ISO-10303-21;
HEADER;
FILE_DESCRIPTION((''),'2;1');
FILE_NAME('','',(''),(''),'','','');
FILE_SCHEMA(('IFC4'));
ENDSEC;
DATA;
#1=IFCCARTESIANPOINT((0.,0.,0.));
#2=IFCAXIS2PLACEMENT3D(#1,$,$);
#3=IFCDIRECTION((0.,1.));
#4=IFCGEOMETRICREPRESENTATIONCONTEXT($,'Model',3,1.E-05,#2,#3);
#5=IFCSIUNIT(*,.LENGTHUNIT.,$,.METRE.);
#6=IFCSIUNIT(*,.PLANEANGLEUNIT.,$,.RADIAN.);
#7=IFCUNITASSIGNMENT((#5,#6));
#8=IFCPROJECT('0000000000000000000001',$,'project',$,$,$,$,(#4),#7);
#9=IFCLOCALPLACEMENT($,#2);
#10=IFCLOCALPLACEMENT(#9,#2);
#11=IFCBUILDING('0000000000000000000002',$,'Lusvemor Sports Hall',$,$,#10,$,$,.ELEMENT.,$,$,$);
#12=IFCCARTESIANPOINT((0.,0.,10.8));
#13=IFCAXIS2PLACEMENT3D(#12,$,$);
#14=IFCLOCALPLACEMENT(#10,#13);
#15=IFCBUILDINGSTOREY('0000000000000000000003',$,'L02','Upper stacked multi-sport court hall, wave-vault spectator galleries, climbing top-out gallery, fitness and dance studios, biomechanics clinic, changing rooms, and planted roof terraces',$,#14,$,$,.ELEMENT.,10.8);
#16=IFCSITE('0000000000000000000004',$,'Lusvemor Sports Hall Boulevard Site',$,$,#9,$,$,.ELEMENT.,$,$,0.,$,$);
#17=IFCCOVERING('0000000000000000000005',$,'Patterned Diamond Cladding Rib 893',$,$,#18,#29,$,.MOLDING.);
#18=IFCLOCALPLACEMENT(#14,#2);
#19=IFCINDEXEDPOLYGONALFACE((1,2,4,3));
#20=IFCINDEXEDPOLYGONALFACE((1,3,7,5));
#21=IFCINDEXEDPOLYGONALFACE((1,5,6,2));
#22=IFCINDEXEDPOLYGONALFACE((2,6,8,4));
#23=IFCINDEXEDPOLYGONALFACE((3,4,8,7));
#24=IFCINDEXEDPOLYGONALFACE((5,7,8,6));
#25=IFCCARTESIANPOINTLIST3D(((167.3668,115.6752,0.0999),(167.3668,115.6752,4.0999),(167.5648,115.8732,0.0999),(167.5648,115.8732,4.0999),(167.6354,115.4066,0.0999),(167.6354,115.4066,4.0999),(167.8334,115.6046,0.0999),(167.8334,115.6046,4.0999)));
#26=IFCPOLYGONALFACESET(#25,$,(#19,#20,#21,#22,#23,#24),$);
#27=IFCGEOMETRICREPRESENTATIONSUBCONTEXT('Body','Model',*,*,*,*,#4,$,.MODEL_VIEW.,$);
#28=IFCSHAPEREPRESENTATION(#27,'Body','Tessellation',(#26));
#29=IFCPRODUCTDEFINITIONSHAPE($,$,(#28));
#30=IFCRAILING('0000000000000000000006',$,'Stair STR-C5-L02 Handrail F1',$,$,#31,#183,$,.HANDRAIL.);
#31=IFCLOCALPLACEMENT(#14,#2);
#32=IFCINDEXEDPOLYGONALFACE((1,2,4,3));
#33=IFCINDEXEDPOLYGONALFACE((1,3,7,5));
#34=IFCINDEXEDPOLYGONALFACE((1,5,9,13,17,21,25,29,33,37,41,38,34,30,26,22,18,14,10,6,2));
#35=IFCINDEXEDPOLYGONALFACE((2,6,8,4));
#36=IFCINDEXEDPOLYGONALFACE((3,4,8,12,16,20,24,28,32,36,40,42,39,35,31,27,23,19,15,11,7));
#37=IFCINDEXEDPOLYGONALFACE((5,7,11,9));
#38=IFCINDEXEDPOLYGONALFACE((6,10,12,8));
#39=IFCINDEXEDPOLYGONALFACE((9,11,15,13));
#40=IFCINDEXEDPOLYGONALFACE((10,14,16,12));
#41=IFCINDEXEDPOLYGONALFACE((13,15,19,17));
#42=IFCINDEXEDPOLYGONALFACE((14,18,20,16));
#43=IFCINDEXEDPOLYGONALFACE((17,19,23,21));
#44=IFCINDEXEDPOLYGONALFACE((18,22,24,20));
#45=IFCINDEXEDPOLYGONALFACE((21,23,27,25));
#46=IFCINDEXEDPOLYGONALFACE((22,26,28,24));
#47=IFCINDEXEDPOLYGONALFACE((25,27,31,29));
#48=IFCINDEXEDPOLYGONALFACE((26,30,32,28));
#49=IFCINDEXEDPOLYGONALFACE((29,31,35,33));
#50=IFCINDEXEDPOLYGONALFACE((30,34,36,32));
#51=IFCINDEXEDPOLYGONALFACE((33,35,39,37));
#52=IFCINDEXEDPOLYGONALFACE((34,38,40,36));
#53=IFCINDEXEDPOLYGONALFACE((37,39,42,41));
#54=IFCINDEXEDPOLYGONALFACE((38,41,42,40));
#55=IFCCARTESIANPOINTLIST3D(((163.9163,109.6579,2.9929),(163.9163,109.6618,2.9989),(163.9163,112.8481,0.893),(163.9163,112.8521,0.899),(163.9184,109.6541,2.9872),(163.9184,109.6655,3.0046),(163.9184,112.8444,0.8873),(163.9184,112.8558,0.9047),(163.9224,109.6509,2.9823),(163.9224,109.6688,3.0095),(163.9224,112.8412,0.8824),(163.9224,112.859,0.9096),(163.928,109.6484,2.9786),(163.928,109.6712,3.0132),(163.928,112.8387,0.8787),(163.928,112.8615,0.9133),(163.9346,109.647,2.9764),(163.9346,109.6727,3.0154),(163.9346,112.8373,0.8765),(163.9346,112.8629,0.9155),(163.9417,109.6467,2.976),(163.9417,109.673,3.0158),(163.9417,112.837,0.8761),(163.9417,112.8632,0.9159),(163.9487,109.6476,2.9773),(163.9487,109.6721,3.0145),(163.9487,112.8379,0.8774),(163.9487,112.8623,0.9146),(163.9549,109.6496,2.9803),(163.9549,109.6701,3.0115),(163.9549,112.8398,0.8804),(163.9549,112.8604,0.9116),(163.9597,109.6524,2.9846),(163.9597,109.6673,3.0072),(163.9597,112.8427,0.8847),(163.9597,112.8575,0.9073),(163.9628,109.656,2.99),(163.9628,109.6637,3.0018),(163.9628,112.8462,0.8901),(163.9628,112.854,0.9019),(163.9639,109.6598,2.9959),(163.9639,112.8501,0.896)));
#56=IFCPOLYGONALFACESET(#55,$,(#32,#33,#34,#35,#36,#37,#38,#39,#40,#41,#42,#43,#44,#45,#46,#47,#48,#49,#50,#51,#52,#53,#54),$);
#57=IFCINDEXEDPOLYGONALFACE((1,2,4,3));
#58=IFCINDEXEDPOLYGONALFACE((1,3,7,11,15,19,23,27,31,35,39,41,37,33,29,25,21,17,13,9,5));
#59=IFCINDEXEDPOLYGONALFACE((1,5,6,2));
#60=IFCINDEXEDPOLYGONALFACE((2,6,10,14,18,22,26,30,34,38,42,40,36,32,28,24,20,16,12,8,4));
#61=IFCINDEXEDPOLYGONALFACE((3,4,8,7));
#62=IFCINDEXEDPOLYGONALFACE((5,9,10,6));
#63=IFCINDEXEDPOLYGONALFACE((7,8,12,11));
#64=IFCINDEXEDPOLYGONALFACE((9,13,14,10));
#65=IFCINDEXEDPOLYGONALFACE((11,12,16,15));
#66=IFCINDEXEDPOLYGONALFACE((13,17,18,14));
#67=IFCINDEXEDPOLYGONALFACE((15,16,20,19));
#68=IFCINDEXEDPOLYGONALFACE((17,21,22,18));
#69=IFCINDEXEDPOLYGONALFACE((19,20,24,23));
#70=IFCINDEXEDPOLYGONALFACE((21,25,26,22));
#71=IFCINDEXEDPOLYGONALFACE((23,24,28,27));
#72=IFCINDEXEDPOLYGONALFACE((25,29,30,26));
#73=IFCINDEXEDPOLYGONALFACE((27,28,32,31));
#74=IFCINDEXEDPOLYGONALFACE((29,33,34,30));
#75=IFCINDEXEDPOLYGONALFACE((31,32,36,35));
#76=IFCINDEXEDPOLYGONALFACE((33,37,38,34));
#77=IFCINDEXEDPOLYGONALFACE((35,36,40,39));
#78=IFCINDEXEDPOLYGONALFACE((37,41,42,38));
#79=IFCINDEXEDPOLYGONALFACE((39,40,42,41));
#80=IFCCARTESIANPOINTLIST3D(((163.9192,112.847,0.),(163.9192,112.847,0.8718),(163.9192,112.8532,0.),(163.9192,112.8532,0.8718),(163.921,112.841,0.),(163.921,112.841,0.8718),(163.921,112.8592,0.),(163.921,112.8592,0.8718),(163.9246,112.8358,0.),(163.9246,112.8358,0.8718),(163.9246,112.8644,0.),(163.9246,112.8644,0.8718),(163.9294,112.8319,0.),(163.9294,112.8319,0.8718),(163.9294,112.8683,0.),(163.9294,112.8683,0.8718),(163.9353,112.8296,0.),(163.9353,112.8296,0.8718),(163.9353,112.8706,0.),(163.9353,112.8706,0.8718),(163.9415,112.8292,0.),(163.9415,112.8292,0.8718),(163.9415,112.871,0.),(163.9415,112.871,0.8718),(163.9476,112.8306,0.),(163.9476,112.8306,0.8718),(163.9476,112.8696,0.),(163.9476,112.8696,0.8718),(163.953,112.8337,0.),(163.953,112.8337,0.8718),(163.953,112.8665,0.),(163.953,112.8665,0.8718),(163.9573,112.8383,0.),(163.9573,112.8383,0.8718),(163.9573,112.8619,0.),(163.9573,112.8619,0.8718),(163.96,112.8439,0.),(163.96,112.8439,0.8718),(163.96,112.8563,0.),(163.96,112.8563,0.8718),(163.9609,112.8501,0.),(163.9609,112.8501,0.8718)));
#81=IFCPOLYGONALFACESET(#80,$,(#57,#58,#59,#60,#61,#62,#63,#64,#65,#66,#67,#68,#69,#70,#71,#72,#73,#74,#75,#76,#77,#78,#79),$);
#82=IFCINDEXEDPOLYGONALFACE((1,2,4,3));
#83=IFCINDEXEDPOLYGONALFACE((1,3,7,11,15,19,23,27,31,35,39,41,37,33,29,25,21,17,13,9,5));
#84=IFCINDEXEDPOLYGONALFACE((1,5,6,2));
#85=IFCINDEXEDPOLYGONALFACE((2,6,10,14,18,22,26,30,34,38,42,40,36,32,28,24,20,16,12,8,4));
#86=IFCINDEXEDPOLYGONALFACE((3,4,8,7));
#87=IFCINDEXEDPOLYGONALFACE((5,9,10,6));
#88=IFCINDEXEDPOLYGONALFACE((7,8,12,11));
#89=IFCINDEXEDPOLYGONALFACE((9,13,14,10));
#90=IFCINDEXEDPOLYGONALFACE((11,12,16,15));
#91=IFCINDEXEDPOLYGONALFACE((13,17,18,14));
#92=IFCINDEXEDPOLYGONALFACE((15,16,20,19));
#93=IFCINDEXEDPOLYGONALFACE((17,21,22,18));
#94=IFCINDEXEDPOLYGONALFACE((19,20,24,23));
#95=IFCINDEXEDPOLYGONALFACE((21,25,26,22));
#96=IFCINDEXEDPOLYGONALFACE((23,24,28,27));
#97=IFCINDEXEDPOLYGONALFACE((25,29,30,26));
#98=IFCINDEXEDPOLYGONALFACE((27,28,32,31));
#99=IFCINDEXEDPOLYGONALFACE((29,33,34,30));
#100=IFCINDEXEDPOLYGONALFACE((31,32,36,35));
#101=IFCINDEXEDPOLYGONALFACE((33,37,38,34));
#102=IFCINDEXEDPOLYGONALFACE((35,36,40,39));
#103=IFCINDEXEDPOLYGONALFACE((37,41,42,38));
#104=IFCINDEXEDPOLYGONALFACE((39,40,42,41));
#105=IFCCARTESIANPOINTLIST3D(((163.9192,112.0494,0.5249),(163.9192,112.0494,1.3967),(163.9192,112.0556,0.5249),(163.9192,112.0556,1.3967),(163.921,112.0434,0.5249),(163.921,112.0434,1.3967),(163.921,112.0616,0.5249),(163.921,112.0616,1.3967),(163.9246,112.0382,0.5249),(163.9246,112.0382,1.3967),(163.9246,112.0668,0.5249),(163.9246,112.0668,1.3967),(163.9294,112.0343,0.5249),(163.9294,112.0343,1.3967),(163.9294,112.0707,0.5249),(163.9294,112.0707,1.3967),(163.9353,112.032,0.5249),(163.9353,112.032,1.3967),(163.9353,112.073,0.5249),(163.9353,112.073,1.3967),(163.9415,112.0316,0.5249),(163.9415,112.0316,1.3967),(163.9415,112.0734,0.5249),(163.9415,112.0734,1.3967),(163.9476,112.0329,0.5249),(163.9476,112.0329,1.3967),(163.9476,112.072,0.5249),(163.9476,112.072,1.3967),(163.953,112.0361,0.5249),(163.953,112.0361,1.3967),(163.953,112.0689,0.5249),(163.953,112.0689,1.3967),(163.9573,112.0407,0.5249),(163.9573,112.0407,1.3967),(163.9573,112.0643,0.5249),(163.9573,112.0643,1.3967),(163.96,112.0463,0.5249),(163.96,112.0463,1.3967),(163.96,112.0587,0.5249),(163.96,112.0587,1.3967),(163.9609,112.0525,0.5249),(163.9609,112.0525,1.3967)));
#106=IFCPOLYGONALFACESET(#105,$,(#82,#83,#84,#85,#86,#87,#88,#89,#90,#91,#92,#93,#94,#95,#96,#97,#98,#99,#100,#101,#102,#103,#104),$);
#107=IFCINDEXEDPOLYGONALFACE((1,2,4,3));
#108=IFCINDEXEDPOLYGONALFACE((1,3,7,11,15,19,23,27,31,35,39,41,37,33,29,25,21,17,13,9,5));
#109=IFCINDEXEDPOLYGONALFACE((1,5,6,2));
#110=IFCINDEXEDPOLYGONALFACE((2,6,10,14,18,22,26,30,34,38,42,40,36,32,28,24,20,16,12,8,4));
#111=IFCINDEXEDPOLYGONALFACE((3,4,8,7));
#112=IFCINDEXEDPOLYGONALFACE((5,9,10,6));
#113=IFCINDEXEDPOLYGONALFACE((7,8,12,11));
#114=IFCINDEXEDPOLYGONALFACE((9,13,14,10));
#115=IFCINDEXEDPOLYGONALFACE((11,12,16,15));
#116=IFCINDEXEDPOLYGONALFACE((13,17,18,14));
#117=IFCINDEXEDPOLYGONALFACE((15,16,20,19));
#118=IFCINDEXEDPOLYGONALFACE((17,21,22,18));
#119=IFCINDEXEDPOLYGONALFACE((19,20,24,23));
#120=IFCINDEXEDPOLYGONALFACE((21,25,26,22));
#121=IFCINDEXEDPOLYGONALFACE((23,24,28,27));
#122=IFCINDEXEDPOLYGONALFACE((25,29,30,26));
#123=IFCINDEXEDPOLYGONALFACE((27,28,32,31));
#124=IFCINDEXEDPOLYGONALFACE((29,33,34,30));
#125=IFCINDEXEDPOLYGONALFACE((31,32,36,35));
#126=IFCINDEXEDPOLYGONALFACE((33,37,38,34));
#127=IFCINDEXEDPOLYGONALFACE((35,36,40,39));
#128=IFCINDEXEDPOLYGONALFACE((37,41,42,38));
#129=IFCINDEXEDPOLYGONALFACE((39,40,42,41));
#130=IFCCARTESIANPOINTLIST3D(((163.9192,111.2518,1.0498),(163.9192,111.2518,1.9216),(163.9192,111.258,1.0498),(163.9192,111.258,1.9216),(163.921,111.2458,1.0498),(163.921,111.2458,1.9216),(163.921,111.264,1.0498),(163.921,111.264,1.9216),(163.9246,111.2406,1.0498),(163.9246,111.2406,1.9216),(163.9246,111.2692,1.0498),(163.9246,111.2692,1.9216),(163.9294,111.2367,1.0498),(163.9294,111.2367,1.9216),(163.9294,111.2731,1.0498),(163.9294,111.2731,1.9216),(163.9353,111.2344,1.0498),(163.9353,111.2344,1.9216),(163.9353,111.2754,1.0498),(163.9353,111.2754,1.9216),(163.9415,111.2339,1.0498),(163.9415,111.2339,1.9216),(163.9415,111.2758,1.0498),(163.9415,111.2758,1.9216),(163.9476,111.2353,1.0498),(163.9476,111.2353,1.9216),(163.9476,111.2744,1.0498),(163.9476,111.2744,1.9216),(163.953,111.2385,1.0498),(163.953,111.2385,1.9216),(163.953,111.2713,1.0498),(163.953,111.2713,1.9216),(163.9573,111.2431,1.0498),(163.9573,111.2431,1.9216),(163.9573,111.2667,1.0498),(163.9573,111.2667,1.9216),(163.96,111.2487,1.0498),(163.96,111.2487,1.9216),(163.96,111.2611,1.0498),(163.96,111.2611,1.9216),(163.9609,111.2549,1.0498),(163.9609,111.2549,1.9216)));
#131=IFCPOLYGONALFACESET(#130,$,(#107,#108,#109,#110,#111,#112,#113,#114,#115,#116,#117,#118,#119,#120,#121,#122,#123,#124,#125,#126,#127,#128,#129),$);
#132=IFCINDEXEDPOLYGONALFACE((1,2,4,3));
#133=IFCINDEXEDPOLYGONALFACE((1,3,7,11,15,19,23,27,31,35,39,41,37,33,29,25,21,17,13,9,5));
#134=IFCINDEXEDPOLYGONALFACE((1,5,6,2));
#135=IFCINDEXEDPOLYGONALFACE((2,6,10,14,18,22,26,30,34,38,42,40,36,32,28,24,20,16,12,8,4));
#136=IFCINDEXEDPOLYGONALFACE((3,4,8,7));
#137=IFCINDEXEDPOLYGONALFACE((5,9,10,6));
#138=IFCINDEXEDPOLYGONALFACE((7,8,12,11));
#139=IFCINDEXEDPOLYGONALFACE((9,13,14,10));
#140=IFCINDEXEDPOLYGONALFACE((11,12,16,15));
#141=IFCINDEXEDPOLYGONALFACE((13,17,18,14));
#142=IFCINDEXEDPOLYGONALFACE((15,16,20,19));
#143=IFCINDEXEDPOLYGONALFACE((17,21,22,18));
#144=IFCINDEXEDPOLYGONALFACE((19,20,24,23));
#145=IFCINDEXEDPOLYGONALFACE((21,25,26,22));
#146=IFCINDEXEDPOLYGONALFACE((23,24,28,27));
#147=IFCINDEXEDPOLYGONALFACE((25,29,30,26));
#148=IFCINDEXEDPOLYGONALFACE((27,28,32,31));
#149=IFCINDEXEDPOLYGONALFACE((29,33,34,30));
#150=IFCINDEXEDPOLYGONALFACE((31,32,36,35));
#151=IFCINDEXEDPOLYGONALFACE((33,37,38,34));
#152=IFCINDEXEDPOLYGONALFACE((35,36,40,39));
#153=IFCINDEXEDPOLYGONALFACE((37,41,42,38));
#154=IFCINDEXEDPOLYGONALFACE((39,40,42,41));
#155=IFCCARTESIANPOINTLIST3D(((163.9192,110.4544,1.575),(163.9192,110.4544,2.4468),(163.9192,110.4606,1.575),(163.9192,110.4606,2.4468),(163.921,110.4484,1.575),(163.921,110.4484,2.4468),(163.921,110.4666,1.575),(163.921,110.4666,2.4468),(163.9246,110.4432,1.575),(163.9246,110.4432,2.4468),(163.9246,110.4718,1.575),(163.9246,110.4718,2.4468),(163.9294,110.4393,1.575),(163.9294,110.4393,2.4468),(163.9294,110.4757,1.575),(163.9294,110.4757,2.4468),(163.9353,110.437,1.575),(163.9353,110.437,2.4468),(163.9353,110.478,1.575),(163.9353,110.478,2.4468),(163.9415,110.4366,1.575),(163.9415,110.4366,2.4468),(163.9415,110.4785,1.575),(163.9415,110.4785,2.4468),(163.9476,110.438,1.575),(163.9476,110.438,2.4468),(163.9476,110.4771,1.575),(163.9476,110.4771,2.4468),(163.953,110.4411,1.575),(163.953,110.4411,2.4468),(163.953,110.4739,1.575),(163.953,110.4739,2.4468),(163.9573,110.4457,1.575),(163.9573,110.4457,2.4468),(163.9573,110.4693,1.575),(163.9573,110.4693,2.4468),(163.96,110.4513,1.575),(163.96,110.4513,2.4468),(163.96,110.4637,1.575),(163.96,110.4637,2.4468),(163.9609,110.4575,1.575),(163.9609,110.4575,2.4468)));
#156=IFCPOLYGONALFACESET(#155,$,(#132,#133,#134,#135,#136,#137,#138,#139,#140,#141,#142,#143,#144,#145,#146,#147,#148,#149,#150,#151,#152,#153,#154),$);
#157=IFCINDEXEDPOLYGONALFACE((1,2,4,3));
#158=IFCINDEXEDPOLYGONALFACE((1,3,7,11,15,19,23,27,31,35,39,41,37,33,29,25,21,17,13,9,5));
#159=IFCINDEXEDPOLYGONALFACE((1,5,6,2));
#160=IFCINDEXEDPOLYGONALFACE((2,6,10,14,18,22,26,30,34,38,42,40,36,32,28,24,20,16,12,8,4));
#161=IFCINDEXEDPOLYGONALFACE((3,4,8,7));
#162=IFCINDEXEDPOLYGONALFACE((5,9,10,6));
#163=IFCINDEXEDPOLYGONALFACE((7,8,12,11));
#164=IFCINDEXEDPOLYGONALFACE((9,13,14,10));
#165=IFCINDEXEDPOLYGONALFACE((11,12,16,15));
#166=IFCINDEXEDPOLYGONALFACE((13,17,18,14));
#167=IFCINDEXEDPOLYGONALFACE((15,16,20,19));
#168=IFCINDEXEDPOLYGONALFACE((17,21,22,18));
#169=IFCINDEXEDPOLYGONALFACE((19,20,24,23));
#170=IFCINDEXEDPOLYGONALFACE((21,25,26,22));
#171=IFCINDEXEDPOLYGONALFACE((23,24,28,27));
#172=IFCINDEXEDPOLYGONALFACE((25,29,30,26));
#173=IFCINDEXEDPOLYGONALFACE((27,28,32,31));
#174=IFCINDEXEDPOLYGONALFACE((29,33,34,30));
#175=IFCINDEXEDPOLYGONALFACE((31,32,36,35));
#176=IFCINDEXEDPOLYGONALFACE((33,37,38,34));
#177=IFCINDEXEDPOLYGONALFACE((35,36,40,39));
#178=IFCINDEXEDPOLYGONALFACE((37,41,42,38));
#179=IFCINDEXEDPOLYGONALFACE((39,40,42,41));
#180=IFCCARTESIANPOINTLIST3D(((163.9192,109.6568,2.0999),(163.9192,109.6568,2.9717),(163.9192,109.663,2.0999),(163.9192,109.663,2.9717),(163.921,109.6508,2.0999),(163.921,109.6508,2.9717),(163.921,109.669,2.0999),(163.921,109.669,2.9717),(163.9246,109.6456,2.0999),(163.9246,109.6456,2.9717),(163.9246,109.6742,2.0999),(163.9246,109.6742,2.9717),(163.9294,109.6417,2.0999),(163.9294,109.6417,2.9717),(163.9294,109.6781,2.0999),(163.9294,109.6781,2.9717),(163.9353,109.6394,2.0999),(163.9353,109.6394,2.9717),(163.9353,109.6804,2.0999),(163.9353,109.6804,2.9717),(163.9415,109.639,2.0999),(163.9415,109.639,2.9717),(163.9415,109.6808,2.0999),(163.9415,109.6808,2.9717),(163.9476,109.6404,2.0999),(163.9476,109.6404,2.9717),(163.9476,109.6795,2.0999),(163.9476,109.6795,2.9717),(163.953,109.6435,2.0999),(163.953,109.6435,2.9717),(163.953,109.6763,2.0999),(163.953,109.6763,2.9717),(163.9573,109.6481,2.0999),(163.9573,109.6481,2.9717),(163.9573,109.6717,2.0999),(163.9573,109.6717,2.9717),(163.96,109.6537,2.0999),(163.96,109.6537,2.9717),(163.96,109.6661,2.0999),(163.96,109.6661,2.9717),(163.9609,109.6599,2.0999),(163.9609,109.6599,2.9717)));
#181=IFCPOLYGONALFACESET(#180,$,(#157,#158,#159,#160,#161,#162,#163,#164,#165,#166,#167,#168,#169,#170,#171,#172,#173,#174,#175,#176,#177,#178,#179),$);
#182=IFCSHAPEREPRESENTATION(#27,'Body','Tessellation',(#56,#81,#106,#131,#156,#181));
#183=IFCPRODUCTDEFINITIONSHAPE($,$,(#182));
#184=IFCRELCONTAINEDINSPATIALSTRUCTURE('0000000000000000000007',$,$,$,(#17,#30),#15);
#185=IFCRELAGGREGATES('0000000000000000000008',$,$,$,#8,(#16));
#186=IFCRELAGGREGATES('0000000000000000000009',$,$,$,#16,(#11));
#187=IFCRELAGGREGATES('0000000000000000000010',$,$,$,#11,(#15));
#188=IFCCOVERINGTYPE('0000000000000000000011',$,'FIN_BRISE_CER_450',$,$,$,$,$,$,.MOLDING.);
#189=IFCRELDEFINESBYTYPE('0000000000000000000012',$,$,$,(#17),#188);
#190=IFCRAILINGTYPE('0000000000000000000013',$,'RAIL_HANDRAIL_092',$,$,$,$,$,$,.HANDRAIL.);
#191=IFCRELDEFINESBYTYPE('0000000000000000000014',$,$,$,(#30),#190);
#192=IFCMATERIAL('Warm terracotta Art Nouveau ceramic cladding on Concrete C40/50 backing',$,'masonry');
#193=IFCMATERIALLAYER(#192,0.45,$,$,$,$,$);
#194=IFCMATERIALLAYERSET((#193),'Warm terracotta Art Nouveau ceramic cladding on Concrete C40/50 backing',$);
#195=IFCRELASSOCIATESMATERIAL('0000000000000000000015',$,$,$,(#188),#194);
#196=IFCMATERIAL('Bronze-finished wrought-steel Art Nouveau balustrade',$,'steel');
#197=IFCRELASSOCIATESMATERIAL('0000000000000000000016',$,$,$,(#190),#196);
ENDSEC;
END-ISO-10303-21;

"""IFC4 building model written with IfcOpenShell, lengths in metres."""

from ifc_helpers import new_model, si_unit, direction, frame, origin, origin_2d, place, context, subcontext, project, spatial, rectangle, circle, extrude, material, layer, layer_set, type_object, element, save


model = new_model("IFC4")

# Units and contexts
model_context = context("Model", 3, precision=1e-05, world=origin(), true_north=direction((0.0, 1.0)))
body_context = subcontext(model_context, "Body", "Model", "MODEL_VIEW")
ifc_project = project(units=[si_unit("LENGTHUNIT", "METRE"), si_unit("PLANEANGLEUNIT", "RADIAN")], contexts=[model_context])

# Site, building, storey
site_placement = place(None, origin())
site = spatial("IfcSite", under=ifc_project, at=site_placement, Name="Lusvemor Sports Hall Boulevard Site", CompositionType="ELEMENT", RefElevation=0.0)
building_placement = place(site_placement, origin())
building = spatial("IfcBuilding", under=site, at=building_placement, Name="Lusvemor Sports Hall", CompositionType="ELEMENT")
storey_placement = place(building_placement, frame((0.0, 0.0, 10.8)))
storey = spatial("IfcBuildingStorey", under=building, at=storey_placement, Name="L02", Description="Upper stacked multi-sport court hall, wave-vault spectator galleries, climbing top-out gallery, fitness and dance studios, biomechanics clinic, changing rooms, and planted roof terraces", CompositionType="ELEMENT", Elevation=10.8)

# Covering
ifc_material_1 = material(Name="Warm terracotta Art Nouveau ceramic cladding on Concrete C40/50 backing", Category="masonry")
ifc_layer_1 = layer(ifc_material_1, 0.45)
ifc_layer_set_1 = layer_set([ifc_layer_1], Name="Warm terracotta Art Nouveau ceramic cladding on Concrete C40/50 backing")
covering_type_1 = type_object("IfcCoveringType", Name="FIN_BRISE_CER_450", PredefinedType="MOLDING", material=ifc_layer_set_1)
for number, where, z_axis, x_axis, name in (
    (1, (167.6001, 115.6399, 0.0999), (0.0, 0.0, 1.0), (0.707107, 0.707107, 0.0), "Patterned Diamond Cladding Rib 893"),
):
    element("IfcCovering", number, at=place(storey_placement, frame(where, z_axis=z_axis, x_axis=x_axis)), inside=storey, type_object=covering_type_1, Name=name, PredefinedType="MOLDING", context=body_context, shape_type="SweptSolid", body=[
        extrude(rectangle(XDim=0.28, YDim=0.3799, at=origin_2d()), origin(), (0.0, 0.0, 1.0), 4.0),
    ])

# Railing
ifc_material_2 = material(Name="Bronze-finished wrought-steel Art Nouveau balustrade", Category="steel")
railing_type_1 = type_object("IfcRailingType", Name="RAIL_HANDRAIL_092", PredefinedType="HANDRAIL", material=ifc_material_2)
railing_1_placement = place(storey_placement, frame((163.9399, 112.8501, 0.0)))
element("IfcRailing", 2, at=railing_1_placement, inside=storey, type_object=railing_type_1, Name="Stair STR-C5-L02 Handrail F1", PredefinedType="HANDRAIL", context=body_context, shape_type="SweptSolid", body=[
    extrude(circle(Radius=0.0239, at=origin_2d()), frame((0.0, 0.0, 0.896), z_axis=(0.0, -0.835291, 0.549808), x_axis=(1.0, 0.0, 0.0)), (0.0, 0.0, 1.0), 3.8193),
    extrude(circle(Radius=0.021, at=origin_2d()), origin(), (0.0, 0.0, 1.0), 0.8718),
    extrude(circle(Radius=0.021, at=origin_2d()), frame((0.0, -0.7976, 0.5249)), (0.0, 0.0, 1.0), 0.8718),
    extrude(circle(Radius=0.021, at=origin_2d()), frame((0.0, -1.5952, 1.0498)), (0.0, 0.0, 1.0), 0.8718),
    extrude(circle(Radius=0.021, at=origin_2d()), frame((0.0, -2.3926, 1.575)), (0.0, 0.0, 1.0), 0.8718),
    extrude(circle(Radius=0.021, at=origin_2d()), frame((0.0, -3.1902, 2.0999)), (0.0, 0.0, 1.0), 0.8718),
])

save(model, "model.ifc")
